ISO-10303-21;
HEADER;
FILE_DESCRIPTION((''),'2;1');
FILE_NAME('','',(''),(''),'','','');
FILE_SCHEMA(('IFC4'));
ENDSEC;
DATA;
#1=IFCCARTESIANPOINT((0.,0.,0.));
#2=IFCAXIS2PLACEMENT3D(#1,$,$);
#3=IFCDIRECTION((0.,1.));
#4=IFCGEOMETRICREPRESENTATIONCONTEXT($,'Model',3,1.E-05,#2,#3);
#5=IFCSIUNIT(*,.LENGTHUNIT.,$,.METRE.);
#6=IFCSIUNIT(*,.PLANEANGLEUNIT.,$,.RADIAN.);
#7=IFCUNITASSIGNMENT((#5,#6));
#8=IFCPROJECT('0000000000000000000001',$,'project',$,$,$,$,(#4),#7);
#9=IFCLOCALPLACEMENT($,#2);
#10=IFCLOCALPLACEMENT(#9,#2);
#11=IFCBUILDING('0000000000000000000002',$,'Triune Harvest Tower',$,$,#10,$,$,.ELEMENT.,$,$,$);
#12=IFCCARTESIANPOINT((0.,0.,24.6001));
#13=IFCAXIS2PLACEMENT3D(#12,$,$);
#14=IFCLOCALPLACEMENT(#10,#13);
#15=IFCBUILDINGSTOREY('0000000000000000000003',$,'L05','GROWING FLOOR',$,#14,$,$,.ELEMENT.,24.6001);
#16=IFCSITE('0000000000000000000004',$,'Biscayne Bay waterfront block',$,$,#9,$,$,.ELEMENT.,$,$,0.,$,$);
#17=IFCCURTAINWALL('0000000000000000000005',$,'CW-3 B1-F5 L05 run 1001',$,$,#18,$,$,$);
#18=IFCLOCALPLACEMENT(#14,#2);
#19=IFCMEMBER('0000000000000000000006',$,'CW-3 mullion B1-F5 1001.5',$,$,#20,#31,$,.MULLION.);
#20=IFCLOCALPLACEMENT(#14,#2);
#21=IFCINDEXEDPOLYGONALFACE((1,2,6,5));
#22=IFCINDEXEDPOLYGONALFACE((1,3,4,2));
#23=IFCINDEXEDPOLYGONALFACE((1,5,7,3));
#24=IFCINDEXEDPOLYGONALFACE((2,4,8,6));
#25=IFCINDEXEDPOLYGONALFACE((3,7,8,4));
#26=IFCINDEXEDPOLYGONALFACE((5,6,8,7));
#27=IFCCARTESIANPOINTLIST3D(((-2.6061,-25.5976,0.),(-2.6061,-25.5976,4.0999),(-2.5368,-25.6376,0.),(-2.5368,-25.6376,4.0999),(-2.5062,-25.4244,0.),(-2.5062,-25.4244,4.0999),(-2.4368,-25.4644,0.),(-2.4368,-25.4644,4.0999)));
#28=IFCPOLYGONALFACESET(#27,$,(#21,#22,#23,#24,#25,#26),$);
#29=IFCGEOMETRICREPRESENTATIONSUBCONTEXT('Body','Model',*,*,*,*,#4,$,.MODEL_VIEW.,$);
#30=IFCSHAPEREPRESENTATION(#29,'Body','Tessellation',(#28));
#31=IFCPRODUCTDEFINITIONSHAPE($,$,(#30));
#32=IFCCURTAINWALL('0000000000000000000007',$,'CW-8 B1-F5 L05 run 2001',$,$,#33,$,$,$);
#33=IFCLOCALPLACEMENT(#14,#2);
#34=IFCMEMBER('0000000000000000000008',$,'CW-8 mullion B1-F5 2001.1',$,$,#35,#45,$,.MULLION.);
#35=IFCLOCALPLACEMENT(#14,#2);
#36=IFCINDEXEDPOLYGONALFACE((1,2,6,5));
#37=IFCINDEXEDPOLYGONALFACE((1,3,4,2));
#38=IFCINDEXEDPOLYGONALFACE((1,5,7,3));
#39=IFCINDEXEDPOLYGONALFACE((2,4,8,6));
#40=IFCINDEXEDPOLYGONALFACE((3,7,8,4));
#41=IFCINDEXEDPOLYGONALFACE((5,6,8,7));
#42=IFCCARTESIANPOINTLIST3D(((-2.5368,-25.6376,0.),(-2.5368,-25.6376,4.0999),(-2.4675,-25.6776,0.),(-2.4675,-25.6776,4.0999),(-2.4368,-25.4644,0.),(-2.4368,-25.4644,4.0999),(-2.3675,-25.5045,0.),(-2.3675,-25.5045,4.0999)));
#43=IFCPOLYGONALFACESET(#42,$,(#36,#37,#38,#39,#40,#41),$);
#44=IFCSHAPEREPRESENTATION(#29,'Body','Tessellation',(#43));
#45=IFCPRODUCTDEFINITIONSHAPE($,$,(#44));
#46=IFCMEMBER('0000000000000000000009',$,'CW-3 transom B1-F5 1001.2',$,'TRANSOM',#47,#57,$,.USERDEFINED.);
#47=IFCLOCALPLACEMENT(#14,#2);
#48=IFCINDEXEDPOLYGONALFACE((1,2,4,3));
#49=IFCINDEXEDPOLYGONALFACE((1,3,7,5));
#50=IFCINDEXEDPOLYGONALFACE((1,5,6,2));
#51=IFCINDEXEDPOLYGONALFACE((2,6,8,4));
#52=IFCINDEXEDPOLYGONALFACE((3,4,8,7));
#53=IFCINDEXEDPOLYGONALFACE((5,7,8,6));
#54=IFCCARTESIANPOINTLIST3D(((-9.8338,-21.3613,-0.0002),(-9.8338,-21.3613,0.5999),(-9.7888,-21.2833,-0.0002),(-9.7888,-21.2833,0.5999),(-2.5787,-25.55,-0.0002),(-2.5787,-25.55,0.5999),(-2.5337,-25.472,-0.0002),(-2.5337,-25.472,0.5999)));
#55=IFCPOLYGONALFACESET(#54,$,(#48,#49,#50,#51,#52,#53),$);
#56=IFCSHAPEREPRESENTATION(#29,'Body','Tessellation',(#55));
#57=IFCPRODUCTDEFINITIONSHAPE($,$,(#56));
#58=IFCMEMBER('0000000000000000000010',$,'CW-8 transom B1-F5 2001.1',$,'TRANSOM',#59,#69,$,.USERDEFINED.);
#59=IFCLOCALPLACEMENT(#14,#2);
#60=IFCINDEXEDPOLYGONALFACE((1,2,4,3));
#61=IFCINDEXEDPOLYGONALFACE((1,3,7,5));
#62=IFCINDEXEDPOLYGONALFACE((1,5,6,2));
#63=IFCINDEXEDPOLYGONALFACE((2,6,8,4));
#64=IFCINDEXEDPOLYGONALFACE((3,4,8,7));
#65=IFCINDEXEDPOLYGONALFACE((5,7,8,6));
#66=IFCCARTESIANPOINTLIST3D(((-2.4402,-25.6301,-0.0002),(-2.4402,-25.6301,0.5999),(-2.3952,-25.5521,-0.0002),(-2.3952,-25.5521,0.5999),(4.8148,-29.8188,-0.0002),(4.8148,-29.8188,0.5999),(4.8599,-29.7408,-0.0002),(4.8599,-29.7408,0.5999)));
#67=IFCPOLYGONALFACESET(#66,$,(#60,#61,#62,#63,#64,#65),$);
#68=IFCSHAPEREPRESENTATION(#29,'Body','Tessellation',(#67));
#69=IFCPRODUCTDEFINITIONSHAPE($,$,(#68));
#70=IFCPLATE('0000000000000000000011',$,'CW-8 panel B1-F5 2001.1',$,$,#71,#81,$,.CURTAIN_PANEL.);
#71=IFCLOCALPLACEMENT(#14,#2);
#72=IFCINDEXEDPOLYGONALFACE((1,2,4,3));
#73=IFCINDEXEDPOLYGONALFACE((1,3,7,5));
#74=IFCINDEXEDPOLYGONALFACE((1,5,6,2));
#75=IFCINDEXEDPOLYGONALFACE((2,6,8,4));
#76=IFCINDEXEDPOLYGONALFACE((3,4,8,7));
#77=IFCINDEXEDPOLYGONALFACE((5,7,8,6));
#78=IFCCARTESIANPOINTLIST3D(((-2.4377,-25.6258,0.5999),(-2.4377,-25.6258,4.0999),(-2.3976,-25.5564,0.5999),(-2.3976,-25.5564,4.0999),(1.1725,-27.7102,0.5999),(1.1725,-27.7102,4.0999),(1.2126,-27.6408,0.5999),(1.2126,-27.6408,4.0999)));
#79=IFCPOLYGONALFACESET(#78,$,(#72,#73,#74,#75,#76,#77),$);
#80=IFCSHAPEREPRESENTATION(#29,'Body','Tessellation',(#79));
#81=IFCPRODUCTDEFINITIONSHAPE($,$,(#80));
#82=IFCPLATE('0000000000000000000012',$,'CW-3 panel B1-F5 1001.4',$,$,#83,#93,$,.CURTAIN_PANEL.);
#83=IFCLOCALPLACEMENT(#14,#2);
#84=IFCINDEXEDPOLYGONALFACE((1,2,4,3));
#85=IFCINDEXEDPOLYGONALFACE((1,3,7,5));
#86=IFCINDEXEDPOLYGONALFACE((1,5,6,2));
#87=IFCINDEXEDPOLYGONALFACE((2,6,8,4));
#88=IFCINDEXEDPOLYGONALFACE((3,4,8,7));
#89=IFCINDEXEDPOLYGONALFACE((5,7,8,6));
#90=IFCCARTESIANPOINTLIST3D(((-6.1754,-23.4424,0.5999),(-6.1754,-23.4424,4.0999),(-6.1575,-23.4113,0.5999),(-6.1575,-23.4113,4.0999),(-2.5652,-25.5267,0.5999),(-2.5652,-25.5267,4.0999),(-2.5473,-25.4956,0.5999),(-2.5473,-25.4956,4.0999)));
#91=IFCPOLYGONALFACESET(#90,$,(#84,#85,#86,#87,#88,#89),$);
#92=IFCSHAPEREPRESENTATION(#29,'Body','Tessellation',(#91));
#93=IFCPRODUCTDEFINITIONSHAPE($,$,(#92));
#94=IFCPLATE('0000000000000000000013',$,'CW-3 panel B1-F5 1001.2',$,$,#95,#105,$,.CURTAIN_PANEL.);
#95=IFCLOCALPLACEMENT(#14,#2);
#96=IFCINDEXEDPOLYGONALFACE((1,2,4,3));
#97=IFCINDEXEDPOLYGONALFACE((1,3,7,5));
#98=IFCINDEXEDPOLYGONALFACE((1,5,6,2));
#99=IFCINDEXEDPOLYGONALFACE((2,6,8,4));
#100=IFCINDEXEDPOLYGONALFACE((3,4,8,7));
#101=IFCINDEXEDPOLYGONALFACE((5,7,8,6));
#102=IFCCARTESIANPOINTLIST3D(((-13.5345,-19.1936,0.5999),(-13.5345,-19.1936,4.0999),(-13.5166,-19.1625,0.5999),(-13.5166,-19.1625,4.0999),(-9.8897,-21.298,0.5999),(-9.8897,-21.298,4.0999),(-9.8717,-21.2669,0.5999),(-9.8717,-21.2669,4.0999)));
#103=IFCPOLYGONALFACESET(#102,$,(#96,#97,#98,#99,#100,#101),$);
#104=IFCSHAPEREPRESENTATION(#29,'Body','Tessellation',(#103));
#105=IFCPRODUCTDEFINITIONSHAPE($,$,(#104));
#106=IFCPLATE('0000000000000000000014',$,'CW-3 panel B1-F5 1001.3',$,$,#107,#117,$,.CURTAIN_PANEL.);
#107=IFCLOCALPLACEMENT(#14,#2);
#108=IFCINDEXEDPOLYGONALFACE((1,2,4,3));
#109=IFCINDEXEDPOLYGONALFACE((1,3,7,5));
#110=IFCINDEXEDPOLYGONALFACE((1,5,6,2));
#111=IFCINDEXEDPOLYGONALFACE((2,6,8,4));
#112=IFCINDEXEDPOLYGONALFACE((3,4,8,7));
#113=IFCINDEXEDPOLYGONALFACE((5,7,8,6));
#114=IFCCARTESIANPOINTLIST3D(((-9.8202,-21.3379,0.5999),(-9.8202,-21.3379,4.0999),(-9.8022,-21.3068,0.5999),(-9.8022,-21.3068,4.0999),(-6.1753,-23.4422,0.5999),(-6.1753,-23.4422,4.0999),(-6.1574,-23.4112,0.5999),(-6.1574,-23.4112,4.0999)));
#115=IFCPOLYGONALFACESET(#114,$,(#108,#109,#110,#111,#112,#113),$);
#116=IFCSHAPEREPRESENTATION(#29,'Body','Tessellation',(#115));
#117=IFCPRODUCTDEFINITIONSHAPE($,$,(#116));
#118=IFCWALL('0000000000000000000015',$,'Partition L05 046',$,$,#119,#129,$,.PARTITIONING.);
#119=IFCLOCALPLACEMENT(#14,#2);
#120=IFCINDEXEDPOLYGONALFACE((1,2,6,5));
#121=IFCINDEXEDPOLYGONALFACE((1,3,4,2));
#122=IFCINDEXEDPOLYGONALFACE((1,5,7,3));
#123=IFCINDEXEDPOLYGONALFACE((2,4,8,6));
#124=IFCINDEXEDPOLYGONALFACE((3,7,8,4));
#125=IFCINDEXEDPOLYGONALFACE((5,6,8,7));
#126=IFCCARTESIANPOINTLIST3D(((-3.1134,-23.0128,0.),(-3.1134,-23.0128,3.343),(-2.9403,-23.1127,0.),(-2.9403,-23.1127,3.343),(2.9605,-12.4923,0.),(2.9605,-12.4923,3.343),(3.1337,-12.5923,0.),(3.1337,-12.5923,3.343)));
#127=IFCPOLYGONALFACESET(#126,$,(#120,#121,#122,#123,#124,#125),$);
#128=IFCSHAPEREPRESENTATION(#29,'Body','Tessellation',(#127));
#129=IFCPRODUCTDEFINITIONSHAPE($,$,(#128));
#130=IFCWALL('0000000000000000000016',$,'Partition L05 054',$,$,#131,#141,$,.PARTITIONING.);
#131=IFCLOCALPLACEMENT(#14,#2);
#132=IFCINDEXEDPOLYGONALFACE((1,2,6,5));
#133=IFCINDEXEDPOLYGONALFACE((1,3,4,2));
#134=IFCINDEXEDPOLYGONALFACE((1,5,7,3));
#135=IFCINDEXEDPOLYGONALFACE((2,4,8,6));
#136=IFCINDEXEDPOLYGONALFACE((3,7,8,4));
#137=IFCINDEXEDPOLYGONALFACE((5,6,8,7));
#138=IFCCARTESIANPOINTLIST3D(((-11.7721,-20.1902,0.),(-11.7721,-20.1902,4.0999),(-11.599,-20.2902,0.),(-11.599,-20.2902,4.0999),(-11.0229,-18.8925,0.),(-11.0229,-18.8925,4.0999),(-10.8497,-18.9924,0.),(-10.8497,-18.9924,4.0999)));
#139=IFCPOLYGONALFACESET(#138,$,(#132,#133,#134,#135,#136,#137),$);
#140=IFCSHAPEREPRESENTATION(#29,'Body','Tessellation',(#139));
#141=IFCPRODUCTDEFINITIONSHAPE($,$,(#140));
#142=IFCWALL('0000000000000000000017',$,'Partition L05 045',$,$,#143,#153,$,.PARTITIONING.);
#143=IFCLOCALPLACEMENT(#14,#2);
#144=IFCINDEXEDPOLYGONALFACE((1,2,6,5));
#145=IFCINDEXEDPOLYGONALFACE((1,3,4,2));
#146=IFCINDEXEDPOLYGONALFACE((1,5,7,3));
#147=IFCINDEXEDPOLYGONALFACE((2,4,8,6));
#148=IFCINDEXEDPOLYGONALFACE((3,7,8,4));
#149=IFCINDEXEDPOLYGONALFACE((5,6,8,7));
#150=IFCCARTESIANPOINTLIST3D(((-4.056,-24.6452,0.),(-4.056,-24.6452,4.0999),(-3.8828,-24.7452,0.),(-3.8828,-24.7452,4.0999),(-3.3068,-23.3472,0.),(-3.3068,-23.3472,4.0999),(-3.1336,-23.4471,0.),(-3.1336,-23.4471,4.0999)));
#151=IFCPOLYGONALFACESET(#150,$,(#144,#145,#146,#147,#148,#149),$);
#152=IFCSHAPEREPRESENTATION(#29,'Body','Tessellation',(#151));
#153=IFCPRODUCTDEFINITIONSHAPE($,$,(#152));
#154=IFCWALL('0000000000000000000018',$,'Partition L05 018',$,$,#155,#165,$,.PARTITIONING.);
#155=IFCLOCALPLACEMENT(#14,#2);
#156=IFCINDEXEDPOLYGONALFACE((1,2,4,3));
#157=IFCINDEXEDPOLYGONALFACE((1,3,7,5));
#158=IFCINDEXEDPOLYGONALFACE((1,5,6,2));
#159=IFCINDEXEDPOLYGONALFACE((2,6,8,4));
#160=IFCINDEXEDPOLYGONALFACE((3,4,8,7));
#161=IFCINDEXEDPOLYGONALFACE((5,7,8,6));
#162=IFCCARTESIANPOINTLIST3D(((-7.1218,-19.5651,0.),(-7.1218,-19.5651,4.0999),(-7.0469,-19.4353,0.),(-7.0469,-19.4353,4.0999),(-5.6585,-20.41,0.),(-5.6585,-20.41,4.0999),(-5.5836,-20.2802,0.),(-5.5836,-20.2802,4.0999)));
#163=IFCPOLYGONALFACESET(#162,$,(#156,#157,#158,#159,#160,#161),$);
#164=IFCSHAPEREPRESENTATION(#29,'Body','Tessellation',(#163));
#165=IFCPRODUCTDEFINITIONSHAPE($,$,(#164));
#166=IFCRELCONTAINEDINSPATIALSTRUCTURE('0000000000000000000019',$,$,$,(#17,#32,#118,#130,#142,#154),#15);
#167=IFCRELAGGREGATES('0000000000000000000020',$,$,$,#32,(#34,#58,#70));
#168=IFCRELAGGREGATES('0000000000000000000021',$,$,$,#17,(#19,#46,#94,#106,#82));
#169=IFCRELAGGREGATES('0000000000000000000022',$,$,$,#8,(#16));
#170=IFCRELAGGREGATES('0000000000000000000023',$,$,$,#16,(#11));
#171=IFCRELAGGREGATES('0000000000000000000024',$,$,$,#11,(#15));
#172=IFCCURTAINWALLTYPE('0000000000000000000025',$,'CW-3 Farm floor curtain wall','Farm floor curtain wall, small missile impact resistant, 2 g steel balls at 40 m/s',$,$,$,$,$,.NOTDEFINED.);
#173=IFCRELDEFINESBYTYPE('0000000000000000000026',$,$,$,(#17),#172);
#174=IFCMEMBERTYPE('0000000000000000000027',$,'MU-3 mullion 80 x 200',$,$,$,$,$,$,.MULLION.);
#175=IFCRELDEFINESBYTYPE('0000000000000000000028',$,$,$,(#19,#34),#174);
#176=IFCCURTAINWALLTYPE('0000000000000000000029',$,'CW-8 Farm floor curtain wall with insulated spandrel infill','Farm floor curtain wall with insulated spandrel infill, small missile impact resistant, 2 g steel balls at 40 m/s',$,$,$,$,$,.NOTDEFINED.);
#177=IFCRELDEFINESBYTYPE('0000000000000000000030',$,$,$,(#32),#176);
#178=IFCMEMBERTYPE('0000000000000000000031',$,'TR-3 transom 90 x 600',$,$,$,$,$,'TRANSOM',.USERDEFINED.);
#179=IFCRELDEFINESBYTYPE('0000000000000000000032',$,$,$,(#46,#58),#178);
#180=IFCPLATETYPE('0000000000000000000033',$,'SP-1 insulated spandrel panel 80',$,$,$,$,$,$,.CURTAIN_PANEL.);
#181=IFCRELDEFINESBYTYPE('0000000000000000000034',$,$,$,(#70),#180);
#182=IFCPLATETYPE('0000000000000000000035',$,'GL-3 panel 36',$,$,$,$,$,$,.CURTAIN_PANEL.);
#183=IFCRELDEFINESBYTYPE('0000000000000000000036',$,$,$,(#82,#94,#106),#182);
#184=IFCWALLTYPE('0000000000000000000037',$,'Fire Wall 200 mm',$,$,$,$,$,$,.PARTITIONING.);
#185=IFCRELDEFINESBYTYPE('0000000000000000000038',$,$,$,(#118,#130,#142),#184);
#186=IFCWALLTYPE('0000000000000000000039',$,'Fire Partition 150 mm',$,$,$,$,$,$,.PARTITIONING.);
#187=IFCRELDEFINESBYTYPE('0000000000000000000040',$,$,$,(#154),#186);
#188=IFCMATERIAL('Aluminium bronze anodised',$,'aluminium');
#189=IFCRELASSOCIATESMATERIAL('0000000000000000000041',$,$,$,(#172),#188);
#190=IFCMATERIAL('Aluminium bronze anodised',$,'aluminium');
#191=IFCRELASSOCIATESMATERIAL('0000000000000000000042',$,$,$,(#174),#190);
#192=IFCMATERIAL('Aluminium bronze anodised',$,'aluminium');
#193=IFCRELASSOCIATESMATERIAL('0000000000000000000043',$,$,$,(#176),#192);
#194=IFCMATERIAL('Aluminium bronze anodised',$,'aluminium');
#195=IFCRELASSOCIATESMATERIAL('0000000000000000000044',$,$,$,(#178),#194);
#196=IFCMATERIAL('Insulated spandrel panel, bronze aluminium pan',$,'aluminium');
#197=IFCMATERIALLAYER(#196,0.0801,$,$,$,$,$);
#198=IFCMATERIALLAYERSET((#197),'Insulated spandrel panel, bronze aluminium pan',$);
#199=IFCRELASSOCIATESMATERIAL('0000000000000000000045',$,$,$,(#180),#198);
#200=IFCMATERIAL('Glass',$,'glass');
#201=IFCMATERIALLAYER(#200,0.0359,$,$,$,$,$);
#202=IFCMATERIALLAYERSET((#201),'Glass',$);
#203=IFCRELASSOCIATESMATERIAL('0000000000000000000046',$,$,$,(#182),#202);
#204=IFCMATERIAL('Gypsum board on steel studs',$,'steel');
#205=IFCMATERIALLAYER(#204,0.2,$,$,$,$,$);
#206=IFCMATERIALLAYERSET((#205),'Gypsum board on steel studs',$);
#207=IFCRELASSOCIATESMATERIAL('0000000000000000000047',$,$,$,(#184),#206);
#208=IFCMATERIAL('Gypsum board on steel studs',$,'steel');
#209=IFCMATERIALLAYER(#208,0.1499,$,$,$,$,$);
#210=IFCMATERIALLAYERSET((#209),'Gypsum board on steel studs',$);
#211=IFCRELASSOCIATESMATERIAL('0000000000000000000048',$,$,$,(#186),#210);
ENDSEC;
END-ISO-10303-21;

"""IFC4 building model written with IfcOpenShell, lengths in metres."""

from ifc_helpers import new_model, si_unit, direction, frame, frame_2d, origin, origin_2d, place, context, subcontext, project, spatial, rectangle, extrude, source, transform, mapped, material, layer, layer_set, material_profile, profile_set, type_object, element, aggregate, save


model = new_model("IFC4")

# Units and contexts
model_context = context("Model", 3, precision=1e-05, world=origin(), true_north=direction((0.0, 1.0)))
body_context = subcontext(model_context, "Body", "Model", "MODEL_VIEW")
ifc_project = project(units=[si_unit("LENGTHUNIT", "METRE"), si_unit("PLANEANGLEUNIT", "RADIAN")], contexts=[model_context])

# Site, building, storey
site_placement = place(None, origin())
site = spatial("IfcSite", under=ifc_project, at=site_placement, Name="Biscayne Bay waterfront block", CompositionType="ELEMENT", RefElevation=0.0)
building_placement = place(site_placement, origin())
building = spatial("IfcBuilding", under=site, at=building_placement, Name="Triune Harvest Tower", CompositionType="ELEMENT")
storey_placement = place(building_placement, frame((0.0, 0.0, 24.6001)))
storey = spatial("IfcBuildingStorey", under=building, at=storey_placement, Name="L05", Description="GROWING FLOOR", CompositionType="ELEMENT", Elevation=24.6001)

# Curtain wall, member
ifc_material_1 = material(Name="Aluminium bronze anodised", Category="aluminium")
curtain_wall_type_1 = type_object("IfcCurtainWallType", Name="CW-3 Farm floor curtain wall", Description="Farm floor curtain wall, small missile impact resistant, 2 g steel balls at 40 m/s", PredefinedType="NOTDEFINED", material=ifc_material_1)
curtain_wall_1_placement = place(storey_placement, origin())
curtain_wall_1 = element("IfcCurtainWall", 1, at=curtain_wall_1_placement, inside=storey, type_object=curtain_wall_type_1, Name="CW-3 B1-F5 L05 run 1001")
ifc_material_2 = material(Name="Aluminium bronze anodised", Category="aluminium")
ifc_material_profile_1 = material_profile(ifc_material_2, rectangle(XDim=0.2, YDim=0.0801, at=origin_2d()), Name="MU-3 mullion 80 x 200")
ifc_profile_set_1 = profile_set([ifc_material_profile_1], Name="Aluminium bronze anodised")
member_type_1 = type_object("IfcMemberType", Name="MU-3 mullion 80 x 200", PredefinedType="MULLION", material=ifc_profile_set_1)
shared_shape_1 = source(origin(), body_context, "Body", "SweptSolid", [
    extrude(rectangle(XDim=0.2, YDim=0.0801, at=origin_2d()), origin(), (0.0, 0.0, 1.0), 4.0999),
])
member_1_placement = place(storey_placement, frame((-2.5215, -25.531, 0.0), z_axis=(0.0, 0.0, 1.0), x_axis=(0.5, 0.866025, 0.0)))
member_1 = element("IfcMember", 2, at=member_1_placement, type_object=member_type_1, Name="CW-3 mullion B1-F5 1001.5", PredefinedType="MULLION", context=body_context, shape_type="MappedRepresentation", body=[
    mapped(shared_shape_1, transform((0.0, 0.0, 0.0), scale=1.0)),
])

# Curtain wall, member
ifc_material_3 = material(Name="Aluminium bronze anodised", Category="aluminium")
curtain_wall_type_2 = type_object("IfcCurtainWallType", Name="CW-8 Farm floor curtain wall with insulated spandrel infill", Description="Farm floor curtain wall with insulated spandrel infill, small missile impact resistant, 2 g steel balls at 40 m/s", PredefinedType="NOTDEFINED", material=ifc_material_3)
curtain_wall_2_placement = place(storey_placement, origin())
curtain_wall_2 = element("IfcCurtainWall", 3, at=curtain_wall_2_placement, inside=storey, type_object=curtain_wall_type_2, Name="CW-8 B1-F5 L05 run 2001")
member_2_placement = place(storey_placement, frame((-2.4521, -25.571, 0.0), z_axis=(0.0, 0.0, 1.0), x_axis=(0.500001, 0.866025, 0.0)))
member_2 = element("IfcMember", 4, at=member_2_placement, type_object=member_type_1, Name="CW-8 mullion B1-F5 2001.1", PredefinedType="MULLION", context=body_context, shape_type="MappedRepresentation", body=[
    mapped(shared_shape_1, transform((0.0, 0.0, 0.0), scale=1.0)),
])

# Members
ifc_material_4 = material(Name="Aluminium bronze anodised", Category="aluminium")
ifc_material_profile_2 = material_profile(ifc_material_4, rectangle(XDim=0.0901, YDim=0.6001, at=origin_2d()), Name="TR-3 transom 90 x 600")
ifc_profile_set_2 = profile_set([ifc_material_profile_2], Name="Aluminium bronze anodised")
member_type_2 = type_object("IfcMemberType", Name="TR-3 transom 90 x 600", ElementType="TRANSOM", PredefinedType="USERDEFINED", material=ifc_profile_set_2)
shared_shape_2 = source(origin(), body_context, "Body", "SweptSolid", [
    extrude(rectangle(XDim=0.0901, YDim=0.6001, at=origin_2d()), origin(), (0.0, 0.0, 1.0), 8.3774),
])
member_3_placement = place(storey_placement, frame((-9.8113, -21.3223, 0.2998), z_axis=(0.866027, -0.499997, 0.0), x_axis=(0.499997, 0.866027, 0.0)))
member_3 = element("IfcMember", 5, at=member_3_placement, type_object=member_type_2, Name="CW-3 transom B1-F5 1001.2", ObjectType="TRANSOM", PredefinedType="USERDEFINED", context=body_context, shape_type="MappedRepresentation", body=[
    mapped(shared_shape_2, transform((0.0, 0.0, 0.0), scale=1.0)),
])
member_4_placement = place(storey_placement, frame((-2.4177, -25.5911, 0.2998), z_axis=(0.866027, -0.499997, 0.0), x_axis=(0.499997, 0.866027, 0.0)))
member_4 = element("IfcMember", 6, at=member_4_placement, type_object=member_type_2, Name="CW-8 transom B1-F5 2001.1", ObjectType="TRANSOM", PredefinedType="USERDEFINED", context=body_context, shape_type="MappedRepresentation", body=[
    mapped(shared_shape_2, transform((0.0, 0.0, 0.0), scale=1.0)),
])

# Plates
ifc_material_5 = material(Name="Insulated spandrel panel, bronze aluminium pan", Category="aluminium")
ifc_layer_1 = layer(ifc_material_5, 0.0801)
ifc_layer_set_1 = layer_set([ifc_layer_1], Name="Insulated spandrel panel, bronze aluminium pan")
plate_type_1 = type_object("IfcPlateType", Name="SP-1 insulated spandrel panel 80", PredefinedType="CURTAIN_PANEL", material=ifc_layer_set_1)
shared_shape_3 = source(origin(), body_context, "Body", "SweptSolid", [
    extrude(rectangle(XDim=4.1687, YDim=0.0801, at=origin_2d()), origin(), (0.0, 0.0, 1.0), 3.5),
])
plate_1_placement = place(storey_placement, frame((-0.6125, -26.6333, 0.5999), z_axis=(0.0, 0.0, 1.0), x_axis=(0.866025, -0.500001, 0.0)))
plate_1 = element("IfcPlate", 7, at=plate_1_placement, type_object=plate_type_1, Name="CW-8 panel B1-F5 2001.1", PredefinedType="CURTAIN_PANEL", context=body_context, shape_type="MappedRepresentation", body=[
    mapped(shared_shape_3, transform((0.0, 0.0, 0.0), scale=1.0)),
])
aggregate(curtain_wall_2, [member_2, member_4, plate_1])
ifc_material_6 = material(Name="Glass", Category="glass")
ifc_layer_2 = layer(ifc_material_6, 0.0359)
ifc_layer_set_2 = layer_set([ifc_layer_2], Name="Glass")
plate_type_2 = type_object("IfcPlateType", Name="GL-3 panel 36", PredefinedType="CURTAIN_PANEL", material=ifc_layer_set_2)
shared_shape_4 = source(origin(), body_context, "Body", "SweptSolid", [
    extrude(rectangle(XDim=4.1687, YDim=0.0359, at=origin_2d()), origin(), (0.0, 0.0, 1.0), 3.5),
])
plate_2_placement = place(storey_placement, frame((-4.3613, -24.469, 0.5999), z_axis=(0.0, 0.0, 1.0), x_axis=(0.866025, -0.5, 0.0)))
plate_2 = element("IfcPlate", 8, at=plate_2_placement, type_object=plate_type_2, Name="CW-3 panel B1-F5 1001.4", PredefinedType="CURTAIN_PANEL", context=body_context, shape_type="MappedRepresentation", body=[
    mapped(shared_shape_4, transform((0.0, 0.0, 0.0), scale=1.0)),
])
shared_shape_5 = source(origin(), body_context, "Body", "SweptSolid", [
    extrude(rectangle(XDim=4.2087, YDim=0.0359, at=origin_2d()), origin(), (0.0, 0.0, 1.0), 3.5),
])
plate_3_placement = place(storey_placement, frame((-11.7031, -20.2302, 0.5999), z_axis=(0.0, 0.0, 1.0), x_axis=(0.866025, -0.5, 0.0)))
plate_3 = element("IfcPlate", 9, at=plate_3_placement, type_object=plate_type_2, Name="CW-3 panel B1-F5 1001.2", PredefinedType="CURTAIN_PANEL", context=body_context, shape_type="MappedRepresentation", body=[
    mapped(shared_shape_5, transform((0.0, 0.0, 0.0), scale=1.0)),
])
plate_4_placement = place(storey_placement, frame((-7.9888, -22.3745, 0.5999), z_axis=(0.0, 0.0, 1.0), x_axis=(0.866025, -0.5, 0.0)))
plate_4 = element("IfcPlate", 10, at=plate_4_placement, type_object=plate_type_2, Name="CW-3 panel B1-F5 1001.3", PredefinedType="CURTAIN_PANEL", context=body_context, shape_type="MappedRepresentation", body=[
    mapped(shared_shape_5, transform((0.0, 0.0, 0.0), scale=1.0)),
])
aggregate(curtain_wall_1, [member_1, member_3, plate_3, plate_4, plate_2])

# Walls
ifc_material_7 = material(Name="Gypsum board on steel studs", Category="steel")
ifc_layer_3 = layer(ifc_material_7, 0.2)
ifc_layer_set_3 = layer_set([ifc_layer_3], Name="Gypsum board on steel studs")
wall_type_1 = type_object("IfcWallType", Name="Fire Wall 200 mm", PredefinedType="PARTITIONING", material=ifc_layer_set_3)
shared_shape_6 = source(origin(), body_context, "Body", "SweptSolid", [
    extrude(rectangle(XDim=12.1479, YDim=0.2, at=frame_2d((6.074, 0.0))), origin(), (0.0, 0.0, 1.0), 3.343),
])
wall_1_placement = place(storey_placement, frame((-3.0269, -23.0627, 0.0), z_axis=(0.0, 0.0, 1.0), x_axis=(0.499997, 0.866027, 0.0)))
element("IfcWall", 11, at=wall_1_placement, inside=storey, type_object=wall_type_1, Name="Partition L05 046", PredefinedType="PARTITIONING", context=body_context, shape_type="MappedRepresentation", body=[
    mapped(shared_shape_6, transform((0.0, 0.0, 0.0), scale=1.0)),
])
shared_shape_7 = source(origin(), body_context, "Body", "SweptSolid", [
    extrude(rectangle(XDim=1.4985, YDim=0.2, at=frame_2d((0.7493, 0.0))), origin(), (0.0, 0.0, 1.0), 4.0999),
])
wall_2_placement = place(storey_placement, frame((-11.6855, -20.2402, 0.0), z_axis=(0.0, 0.0, 1.0), x_axis=(0.499976, 0.866039, 0.0)))
element("IfcWall", 12, at=wall_2_placement, inside=storey, type_object=wall_type_1, Name="Partition L05 054", PredefinedType="PARTITIONING", context=body_context, shape_type="MappedRepresentation", body=[
    mapped(shared_shape_7, transform((0.0, 0.0, 0.0), scale=1.0)),
])
shared_shape_8 = source(origin(), body_context, "Body", "SweptSolid", [
    extrude(rectangle(XDim=1.4988, YDim=0.2, at=frame_2d((0.7495, 0.0))), origin(), (0.0, 0.0, 1.0), 4.0999),
])
wall_3_placement = place(storey_placement, frame((-3.9695, -24.6953, 0.0), z_axis=(0.0, 0.0, 1.0), x_axis=(0.499906, 0.86608, 0.0)))
element("IfcWall", 13, at=wall_3_placement, inside=storey, type_object=wall_type_1, Name="Partition L05 045", PredefinedType="PARTITIONING", context=body_context, shape_type="MappedRepresentation", body=[
    mapped(shared_shape_8, transform((0.0, 0.0, 0.0), scale=1.0)),
])
ifc_material_8 = material(Name="Gypsum board on steel studs", Category="steel")
ifc_layer_4 = layer(ifc_material_8, 0.1499)
ifc_layer_set_4 = layer_set([ifc_layer_4], Name="Gypsum board on steel studs")
wall_type_2 = type_object("IfcWallType", Name="Fire Partition 150 mm", PredefinedType="PARTITIONING", material=ifc_layer_set_4)
shared_shape_9 = source(origin(), body_context, "Body", "SweptSolid", [
    extrude(rectangle(XDim=1.6897, YDim=0.1499, at=frame_2d((0.8447, 0.0))), origin(), (0.0, 0.0, 1.0), 4.0999),
])
wall_4_placement = place(storey_placement, frame((-7.0842, -19.5002, 0.0), z_axis=(0.0, 0.0, 1.0), x_axis=(0.866003, -0.500039, 0.0)))
element("IfcWall", 14, at=wall_4_placement, inside=storey, type_object=wall_type_2, Name="Partition L05 018", PredefinedType="PARTITIONING", context=body_context, shape_type="MappedRepresentation", body=[
    mapped(shared_shape_9, transform((0.0, 0.0, 0.0), scale=1.0)),
])

save(model, "model.ifc")
